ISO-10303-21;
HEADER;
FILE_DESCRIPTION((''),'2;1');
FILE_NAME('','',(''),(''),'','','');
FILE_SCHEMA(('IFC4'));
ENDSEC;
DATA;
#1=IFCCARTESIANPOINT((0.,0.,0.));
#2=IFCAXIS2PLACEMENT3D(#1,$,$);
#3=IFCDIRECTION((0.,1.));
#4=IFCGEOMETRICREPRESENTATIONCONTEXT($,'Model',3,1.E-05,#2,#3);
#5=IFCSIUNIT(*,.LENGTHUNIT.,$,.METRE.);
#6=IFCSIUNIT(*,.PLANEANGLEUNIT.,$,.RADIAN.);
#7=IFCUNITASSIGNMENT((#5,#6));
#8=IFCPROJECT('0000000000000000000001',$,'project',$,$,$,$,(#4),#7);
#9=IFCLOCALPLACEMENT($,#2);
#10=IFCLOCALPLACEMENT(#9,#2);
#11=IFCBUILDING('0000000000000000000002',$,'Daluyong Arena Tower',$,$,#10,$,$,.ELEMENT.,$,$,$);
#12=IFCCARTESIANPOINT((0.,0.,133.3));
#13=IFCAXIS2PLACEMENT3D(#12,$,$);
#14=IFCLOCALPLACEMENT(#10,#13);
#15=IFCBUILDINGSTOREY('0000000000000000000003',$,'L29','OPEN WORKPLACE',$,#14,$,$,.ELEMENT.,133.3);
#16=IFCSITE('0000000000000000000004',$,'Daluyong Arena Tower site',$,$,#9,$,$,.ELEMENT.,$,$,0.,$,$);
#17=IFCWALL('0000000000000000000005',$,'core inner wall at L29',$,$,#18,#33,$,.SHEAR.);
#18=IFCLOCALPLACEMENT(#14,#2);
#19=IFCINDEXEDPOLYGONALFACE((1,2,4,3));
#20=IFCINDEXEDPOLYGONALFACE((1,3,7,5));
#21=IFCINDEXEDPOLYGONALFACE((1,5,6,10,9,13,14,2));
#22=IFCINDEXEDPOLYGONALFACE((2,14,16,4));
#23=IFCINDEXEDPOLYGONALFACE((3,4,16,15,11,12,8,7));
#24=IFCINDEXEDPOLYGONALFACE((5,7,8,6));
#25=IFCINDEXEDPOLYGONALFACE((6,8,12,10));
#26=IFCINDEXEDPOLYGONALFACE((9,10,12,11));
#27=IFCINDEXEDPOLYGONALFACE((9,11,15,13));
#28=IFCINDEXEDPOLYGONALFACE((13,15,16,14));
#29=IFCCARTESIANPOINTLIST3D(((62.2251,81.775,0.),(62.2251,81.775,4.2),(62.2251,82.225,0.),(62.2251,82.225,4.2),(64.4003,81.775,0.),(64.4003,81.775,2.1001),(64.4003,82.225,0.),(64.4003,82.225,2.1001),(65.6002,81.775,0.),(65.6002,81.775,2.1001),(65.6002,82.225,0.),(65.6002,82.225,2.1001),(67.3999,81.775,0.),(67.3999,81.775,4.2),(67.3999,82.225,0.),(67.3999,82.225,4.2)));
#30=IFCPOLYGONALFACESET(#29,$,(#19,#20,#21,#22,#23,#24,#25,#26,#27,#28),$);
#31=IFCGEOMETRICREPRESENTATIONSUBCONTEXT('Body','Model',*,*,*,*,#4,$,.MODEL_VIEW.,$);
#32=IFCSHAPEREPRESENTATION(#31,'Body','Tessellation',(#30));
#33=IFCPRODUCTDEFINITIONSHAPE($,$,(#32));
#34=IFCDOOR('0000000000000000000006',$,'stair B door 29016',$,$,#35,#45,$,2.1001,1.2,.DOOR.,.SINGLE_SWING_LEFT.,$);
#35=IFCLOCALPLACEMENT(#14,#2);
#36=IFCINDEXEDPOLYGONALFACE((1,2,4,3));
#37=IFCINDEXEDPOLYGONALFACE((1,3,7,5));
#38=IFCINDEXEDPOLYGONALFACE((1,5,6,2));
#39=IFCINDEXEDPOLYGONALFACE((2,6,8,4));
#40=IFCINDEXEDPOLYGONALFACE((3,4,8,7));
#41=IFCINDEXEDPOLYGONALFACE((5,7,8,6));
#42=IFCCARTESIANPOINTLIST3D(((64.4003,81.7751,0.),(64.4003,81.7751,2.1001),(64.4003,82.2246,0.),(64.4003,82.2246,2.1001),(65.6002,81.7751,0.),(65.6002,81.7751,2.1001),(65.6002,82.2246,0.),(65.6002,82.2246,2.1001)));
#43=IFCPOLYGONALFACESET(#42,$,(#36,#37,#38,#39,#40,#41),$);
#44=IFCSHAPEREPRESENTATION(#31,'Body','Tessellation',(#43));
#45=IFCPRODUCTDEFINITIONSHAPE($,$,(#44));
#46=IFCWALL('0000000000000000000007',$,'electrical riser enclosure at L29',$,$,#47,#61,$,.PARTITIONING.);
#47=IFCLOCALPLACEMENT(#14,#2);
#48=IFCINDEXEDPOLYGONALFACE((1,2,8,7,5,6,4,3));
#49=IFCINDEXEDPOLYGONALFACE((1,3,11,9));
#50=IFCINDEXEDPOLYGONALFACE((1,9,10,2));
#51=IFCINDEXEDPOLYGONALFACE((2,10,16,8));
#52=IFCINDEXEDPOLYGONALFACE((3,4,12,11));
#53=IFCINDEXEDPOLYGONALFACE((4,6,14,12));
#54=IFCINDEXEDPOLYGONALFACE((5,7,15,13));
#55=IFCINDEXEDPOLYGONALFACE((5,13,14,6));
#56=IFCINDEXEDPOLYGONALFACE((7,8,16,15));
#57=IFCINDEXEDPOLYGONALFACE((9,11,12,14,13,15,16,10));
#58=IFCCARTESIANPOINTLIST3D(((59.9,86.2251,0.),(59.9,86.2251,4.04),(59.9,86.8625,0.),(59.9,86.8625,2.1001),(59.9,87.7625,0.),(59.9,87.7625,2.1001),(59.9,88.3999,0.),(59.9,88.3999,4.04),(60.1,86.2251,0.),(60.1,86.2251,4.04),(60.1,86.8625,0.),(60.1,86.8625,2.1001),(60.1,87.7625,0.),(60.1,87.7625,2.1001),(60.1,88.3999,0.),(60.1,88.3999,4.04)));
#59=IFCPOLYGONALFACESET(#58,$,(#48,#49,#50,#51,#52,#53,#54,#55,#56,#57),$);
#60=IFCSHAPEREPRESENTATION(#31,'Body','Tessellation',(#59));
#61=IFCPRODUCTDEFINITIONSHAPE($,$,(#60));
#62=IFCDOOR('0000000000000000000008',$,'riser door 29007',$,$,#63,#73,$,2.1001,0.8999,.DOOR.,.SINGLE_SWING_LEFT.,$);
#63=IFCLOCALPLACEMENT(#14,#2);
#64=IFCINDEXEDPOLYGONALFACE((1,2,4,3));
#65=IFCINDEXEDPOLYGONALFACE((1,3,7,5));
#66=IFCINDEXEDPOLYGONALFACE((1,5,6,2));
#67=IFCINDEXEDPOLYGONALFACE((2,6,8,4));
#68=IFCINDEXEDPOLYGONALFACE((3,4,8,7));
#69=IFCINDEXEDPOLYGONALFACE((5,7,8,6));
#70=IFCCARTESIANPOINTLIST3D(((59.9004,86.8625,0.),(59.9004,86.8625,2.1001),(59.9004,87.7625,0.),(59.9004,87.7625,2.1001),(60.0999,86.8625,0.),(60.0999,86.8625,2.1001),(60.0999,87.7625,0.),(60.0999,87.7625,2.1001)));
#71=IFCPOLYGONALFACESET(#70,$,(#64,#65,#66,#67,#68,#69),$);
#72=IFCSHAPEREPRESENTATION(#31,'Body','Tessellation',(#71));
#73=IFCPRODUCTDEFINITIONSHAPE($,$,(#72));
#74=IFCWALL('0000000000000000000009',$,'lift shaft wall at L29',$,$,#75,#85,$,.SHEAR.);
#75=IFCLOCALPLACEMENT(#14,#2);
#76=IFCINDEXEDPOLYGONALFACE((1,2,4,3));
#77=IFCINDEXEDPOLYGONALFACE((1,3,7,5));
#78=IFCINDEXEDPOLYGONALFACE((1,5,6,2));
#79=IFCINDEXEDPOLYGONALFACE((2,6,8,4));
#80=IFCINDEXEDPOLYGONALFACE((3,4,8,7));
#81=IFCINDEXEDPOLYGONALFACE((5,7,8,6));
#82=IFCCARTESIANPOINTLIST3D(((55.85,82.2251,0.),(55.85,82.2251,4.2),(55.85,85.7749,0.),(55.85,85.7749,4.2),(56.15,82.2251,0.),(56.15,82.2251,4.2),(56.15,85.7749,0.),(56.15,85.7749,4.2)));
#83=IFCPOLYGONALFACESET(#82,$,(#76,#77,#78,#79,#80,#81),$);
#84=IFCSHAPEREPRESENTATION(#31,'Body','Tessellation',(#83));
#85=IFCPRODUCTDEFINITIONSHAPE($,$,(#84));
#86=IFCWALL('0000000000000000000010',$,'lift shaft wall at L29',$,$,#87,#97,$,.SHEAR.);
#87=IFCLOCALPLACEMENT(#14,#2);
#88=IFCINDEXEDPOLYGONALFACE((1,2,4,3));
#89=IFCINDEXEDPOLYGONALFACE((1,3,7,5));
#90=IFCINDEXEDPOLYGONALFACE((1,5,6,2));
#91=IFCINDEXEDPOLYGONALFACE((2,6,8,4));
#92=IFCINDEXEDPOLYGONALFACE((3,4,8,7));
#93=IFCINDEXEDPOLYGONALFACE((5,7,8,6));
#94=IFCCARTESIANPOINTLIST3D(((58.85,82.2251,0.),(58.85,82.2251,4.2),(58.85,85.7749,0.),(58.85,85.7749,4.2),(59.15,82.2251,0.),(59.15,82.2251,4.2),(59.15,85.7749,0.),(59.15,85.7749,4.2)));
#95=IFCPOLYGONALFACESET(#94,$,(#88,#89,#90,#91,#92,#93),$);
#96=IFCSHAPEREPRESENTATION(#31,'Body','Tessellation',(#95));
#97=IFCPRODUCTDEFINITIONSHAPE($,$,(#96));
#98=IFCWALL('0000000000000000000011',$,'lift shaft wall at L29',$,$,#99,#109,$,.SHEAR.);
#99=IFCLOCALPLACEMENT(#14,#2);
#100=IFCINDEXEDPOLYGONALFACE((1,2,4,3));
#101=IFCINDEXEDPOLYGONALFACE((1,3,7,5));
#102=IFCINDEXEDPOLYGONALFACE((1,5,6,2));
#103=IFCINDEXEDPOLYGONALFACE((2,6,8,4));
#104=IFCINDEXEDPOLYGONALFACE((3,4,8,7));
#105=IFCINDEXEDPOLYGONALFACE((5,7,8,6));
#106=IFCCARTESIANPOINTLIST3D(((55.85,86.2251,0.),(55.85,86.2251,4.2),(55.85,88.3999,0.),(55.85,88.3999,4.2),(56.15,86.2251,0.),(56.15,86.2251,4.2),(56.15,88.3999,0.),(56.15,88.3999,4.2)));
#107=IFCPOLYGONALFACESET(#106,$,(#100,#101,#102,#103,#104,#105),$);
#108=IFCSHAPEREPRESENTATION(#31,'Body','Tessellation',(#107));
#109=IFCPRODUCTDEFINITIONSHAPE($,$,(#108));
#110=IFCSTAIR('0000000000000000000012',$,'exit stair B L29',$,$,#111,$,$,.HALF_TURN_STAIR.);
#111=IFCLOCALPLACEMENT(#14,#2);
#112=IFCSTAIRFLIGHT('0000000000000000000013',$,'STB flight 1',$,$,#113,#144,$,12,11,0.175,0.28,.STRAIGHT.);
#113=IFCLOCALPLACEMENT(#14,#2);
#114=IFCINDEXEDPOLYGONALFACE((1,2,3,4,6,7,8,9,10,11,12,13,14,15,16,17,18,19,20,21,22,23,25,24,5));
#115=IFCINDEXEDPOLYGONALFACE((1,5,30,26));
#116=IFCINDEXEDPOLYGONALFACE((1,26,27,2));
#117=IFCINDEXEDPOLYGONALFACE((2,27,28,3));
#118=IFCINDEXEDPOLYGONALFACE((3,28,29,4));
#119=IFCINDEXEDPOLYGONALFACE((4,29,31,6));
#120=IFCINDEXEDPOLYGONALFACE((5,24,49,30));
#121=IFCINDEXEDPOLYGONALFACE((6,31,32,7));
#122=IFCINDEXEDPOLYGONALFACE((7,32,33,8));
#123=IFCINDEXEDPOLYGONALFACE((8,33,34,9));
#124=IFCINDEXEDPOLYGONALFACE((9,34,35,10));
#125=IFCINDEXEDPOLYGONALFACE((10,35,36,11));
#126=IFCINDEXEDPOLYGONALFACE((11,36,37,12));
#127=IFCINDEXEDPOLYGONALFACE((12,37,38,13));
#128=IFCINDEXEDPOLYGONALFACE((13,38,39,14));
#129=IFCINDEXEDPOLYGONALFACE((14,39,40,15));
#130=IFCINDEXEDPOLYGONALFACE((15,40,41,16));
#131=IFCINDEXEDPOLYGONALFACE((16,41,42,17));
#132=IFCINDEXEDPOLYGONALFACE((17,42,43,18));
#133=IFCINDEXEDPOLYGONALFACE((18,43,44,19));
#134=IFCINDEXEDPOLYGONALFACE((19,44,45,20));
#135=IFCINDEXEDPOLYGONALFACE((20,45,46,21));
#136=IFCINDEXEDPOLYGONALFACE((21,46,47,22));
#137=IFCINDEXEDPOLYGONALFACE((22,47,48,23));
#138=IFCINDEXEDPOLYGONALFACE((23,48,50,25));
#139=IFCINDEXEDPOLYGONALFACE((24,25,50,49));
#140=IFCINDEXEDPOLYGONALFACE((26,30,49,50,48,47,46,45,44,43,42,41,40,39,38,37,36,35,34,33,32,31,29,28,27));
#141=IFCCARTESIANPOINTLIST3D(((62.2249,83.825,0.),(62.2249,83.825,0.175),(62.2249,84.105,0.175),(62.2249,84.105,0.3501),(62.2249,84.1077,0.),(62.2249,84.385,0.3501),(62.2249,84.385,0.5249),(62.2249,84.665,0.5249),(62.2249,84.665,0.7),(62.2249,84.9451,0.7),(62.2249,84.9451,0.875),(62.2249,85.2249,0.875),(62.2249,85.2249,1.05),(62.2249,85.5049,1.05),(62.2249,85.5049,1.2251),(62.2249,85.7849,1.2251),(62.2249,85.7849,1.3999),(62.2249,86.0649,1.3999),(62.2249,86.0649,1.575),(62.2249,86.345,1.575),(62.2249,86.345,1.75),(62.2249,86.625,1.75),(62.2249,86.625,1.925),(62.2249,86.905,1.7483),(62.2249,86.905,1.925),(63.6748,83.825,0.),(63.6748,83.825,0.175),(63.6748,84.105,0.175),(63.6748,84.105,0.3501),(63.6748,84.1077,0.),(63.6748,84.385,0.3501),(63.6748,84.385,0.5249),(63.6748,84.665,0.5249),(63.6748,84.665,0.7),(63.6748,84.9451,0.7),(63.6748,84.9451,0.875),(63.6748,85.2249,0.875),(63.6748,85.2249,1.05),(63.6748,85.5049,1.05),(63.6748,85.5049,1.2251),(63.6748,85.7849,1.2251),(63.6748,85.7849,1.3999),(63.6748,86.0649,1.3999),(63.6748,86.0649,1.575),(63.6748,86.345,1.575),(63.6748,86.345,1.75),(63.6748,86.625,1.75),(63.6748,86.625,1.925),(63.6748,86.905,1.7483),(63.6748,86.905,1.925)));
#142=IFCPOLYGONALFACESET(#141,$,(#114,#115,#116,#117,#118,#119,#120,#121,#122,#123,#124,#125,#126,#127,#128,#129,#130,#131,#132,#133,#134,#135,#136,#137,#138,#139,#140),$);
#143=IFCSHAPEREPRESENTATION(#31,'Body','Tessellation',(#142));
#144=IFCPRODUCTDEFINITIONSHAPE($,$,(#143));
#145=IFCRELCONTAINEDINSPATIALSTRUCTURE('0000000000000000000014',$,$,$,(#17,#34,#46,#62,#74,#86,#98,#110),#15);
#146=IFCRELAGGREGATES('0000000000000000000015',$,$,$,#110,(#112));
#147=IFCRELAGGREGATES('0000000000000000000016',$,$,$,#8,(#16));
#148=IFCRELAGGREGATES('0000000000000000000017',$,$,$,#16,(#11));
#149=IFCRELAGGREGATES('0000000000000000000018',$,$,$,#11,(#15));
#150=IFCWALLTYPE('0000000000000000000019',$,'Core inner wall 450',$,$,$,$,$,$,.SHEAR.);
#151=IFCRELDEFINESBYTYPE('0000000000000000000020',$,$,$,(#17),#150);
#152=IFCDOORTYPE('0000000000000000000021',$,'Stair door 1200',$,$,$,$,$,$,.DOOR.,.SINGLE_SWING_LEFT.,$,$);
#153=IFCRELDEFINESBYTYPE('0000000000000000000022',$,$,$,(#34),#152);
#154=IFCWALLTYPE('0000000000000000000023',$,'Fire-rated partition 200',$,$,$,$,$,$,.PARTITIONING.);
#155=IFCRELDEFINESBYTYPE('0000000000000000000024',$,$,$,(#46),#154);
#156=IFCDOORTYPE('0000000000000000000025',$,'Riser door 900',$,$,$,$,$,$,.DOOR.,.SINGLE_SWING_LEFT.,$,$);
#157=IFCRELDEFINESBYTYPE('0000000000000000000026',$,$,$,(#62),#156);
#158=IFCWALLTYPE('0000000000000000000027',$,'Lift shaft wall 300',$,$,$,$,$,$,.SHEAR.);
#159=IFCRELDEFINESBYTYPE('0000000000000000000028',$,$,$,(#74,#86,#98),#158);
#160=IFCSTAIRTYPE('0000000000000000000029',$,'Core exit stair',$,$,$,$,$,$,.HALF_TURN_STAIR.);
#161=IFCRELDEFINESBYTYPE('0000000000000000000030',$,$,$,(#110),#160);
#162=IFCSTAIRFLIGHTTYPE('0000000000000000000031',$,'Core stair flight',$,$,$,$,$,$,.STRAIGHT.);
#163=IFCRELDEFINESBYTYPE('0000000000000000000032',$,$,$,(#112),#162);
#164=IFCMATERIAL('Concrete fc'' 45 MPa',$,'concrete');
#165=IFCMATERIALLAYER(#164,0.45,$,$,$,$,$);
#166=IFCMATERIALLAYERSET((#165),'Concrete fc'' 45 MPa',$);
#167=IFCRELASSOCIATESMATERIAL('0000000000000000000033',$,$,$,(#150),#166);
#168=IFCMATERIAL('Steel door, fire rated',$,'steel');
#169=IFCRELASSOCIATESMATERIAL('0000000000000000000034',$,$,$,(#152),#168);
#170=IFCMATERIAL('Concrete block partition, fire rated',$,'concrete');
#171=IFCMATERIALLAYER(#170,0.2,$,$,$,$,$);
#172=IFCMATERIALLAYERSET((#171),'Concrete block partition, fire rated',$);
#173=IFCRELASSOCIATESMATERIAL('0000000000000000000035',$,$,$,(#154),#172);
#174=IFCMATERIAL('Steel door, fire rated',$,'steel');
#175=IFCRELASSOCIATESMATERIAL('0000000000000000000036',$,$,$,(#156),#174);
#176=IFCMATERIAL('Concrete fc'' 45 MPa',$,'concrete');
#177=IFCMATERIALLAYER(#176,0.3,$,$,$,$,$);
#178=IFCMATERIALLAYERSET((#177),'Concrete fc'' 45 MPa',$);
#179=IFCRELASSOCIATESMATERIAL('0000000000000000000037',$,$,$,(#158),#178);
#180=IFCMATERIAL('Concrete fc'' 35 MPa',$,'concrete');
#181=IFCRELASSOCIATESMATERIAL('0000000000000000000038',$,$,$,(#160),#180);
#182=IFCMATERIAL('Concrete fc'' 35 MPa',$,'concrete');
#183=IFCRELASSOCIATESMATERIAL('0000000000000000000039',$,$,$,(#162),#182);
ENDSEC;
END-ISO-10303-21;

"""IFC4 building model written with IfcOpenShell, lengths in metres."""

from ifc_helpers import new_model, si_unit, direction, frame, frame_2d, origin, place, context, subcontext, project, spatial, polyline, rectangle, outline, extrude, material, layer, layer_set, type_object, element, fill, aggregate, save


model = new_model("IFC4")

# Units and contexts
model_context = context("Model", 3, precision=1e-05, world=origin(), true_north=direction((0.0, 1.0)))
body_context = subcontext(model_context, "Body", "Model", "MODEL_VIEW")
ifc_project = project(units=[si_unit("LENGTHUNIT", "METRE"), si_unit("PLANEANGLEUNIT", "RADIAN")], contexts=[model_context])

# Site, building, storey
site_placement = place(None, origin())
site = spatial("IfcSite", under=ifc_project, at=site_placement, Name="Daluyong Arena Tower site", CompositionType="ELEMENT", RefElevation=0.0)
building_placement = place(site_placement, origin())
building = spatial("IfcBuilding", under=site, at=building_placement, Name="Daluyong Arena Tower", CompositionType="ELEMENT")
storey_placement = place(building_placement, frame((0.0, 0.0, 133.3)))
storey = spatial("IfcBuildingStorey", under=building, at=storey_placement, Name="L29", Description="OPEN WORKPLACE", CompositionType="ELEMENT", Elevation=133.3)

# Walls, openings, doors
ifc_material_1 = material(Name="Concrete fc' 45 MPa", Category="concrete")
ifc_layer_1 = layer(ifc_material_1, 0.45)
ifc_layer_set_1 = layer_set([ifc_layer_1], Name="Concrete fc' 45 MPa")
wall_type_1 = type_object("IfcWallType", Name="Core inner wall 450", PredefinedType="SHEAR", material=ifc_layer_set_1)
wall_1_placement = place(storey_placement, frame((62.2251, 82.0, 0.0), z_axis=(0.0, 0.0, 1.0), x_axis=(1.0, 0.0, 0.0)))
wall_1 = element("IfcWall", 1, at=wall_1_placement, inside=storey, type_object=wall_type_1, Name="core inner wall at L29", PredefinedType="SHEAR", context=body_context, shape_type="SweptSolid", body=[
    extrude(rectangle(XDim=5.1748, YDim=0.45, at=frame_2d((2.5874, 0.0))), origin(), (0.0, 0.0, 1.0), 4.2),
])
opening_1_placement = place(wall_1_placement, frame((2.175, 0.0, 0.0)))
opening_1 = element("IfcOpeningElement", 2, at=opening_1_placement, cuts=wall_1, PredefinedType="OPENING", context=body_context, shape_type="SweptSolid", body=[
    extrude(rectangle(XDim=1.2, YDim=2.1001, at=frame_2d((0.6001, 1.05))), frame((0.0, 0.2349, 0.0), z_axis=(0.0, -1.0, 0.0), x_axis=(1.0, 0.0, 0.0)), (0.0, 0.0, 1.0), 0.47),
])
ifc_material_2 = material(Name="Steel door, fire rated", Category="steel")
door_type_1 = type_object("IfcDoorType", Name="Stair door 1200", OperationType="SINGLE_SWING_LEFT", PredefinedType="DOOR", material=ifc_material_2)
door_1_placement = place(opening_1_placement, origin())
door_1 = element("IfcDoor", 3, at=door_1_placement, inside=storey, type_object=door_type_1, Name="stair B door 29016", OperationType="SINGLE_SWING_LEFT", OverallHeight=2.1001, OverallWidth=1.2, PredefinedType="DOOR", context=body_context, shape_type="SweptSolid", body=[
    extrude(rectangle(XDim=1.2, YDim=2.1001, at=frame_2d((0.6001, 1.05))), frame((0.0, 0.2246, 0.0), z_axis=(0.0, -1.0, 0.0), x_axis=(1.0, 0.0, 0.0)), (0.0, 0.0, 1.0), 0.4495),
])
fill(opening_1, door_1)
ifc_material_3 = material(Name="Concrete block partition, fire rated", Category="concrete")
ifc_layer_2 = layer(ifc_material_3, 0.2)
ifc_layer_set_2 = layer_set([ifc_layer_2], Name="Concrete block partition, fire rated")
wall_type_2 = type_object("IfcWallType", Name="Fire-rated partition 200", PredefinedType="PARTITIONING", material=ifc_layer_set_2)
wall_2_placement = place(storey_placement, frame((60.0, 86.2251, 0.0), z_axis=(0.0, 0.0, 1.0), x_axis=(0.0, 1.0, 0.0)))
wall_2 = element("IfcWall", 4, at=wall_2_placement, inside=storey, type_object=wall_type_2, Name="electrical riser enclosure at L29", PredefinedType="PARTITIONING", context=body_context, shape_type="SweptSolid", body=[
    extrude(rectangle(XDim=2.1748, YDim=0.2, at=frame_2d((1.0874, 0.0))), origin(), (0.0, 0.0, 1.0), 4.04),
])
opening_2_placement = place(wall_2_placement, frame((0.6375, 0.0, 0.0)))
opening_2 = element("IfcOpeningElement", 5, at=opening_2_placement, cuts=wall_2, PredefinedType="OPENING", context=body_context, shape_type="SweptSolid", body=[
    extrude(rectangle(XDim=0.8999, YDim=2.1001, at=frame_2d((0.45, 1.05))), frame((0.0, 0.1099, 0.0), z_axis=(0.0, -1.0, 0.0), x_axis=(1.0, 0.0, 0.0)), (0.0, 0.0, 1.0), 0.22),
])
ifc_material_4 = material(Name="Steel door, fire rated", Category="steel")
door_type_2 = type_object("IfcDoorType", Name="Riser door 900", OperationType="SINGLE_SWING_LEFT", PredefinedType="DOOR", material=ifc_material_4)
door_2_placement = place(opening_2_placement, origin())
door_2 = element("IfcDoor", 6, at=door_2_placement, inside=storey, type_object=door_type_2, Name="riser door 29007", OperationType="SINGLE_SWING_LEFT", OverallHeight=2.1001, OverallWidth=0.8999, PredefinedType="DOOR", context=body_context, shape_type="SweptSolid", body=[
    extrude(rectangle(XDim=0.8999, YDim=2.1001, at=frame_2d((0.45, 1.05))), frame((0.0, 0.0996, 0.0), z_axis=(0.0, -1.0, 0.0), x_axis=(1.0, 0.0, 0.0)), (0.0, 0.0, 1.0), 0.1995),
])
fill(opening_2, door_2)

# Walls
ifc_material_5 = material(Name="Concrete fc' 45 MPa", Category="concrete")
ifc_layer_3 = layer(ifc_material_5, 0.3)
ifc_layer_set_3 = layer_set([ifc_layer_3], Name="Concrete fc' 45 MPa")
wall_type_3 = type_object("IfcWallType", Name="Lift shaft wall 300", PredefinedType="SHEAR", material=ifc_layer_set_3)
for number, where, z_axis, x_axis, name in (
    (7, (56.0, 82.2251, 0.0), (0.0, 0.0, 1.0), (0.0, 1.0, 0.0), "lift shaft wall at L29"),
    (8, (59.0, 82.2251, 0.0), (0.0, 0.0, 1.0), (0.0, 1.0, 0.0), "lift shaft wall at L29"),
):
    element("IfcWall", number, at=place(storey_placement, frame(where, z_axis=z_axis, x_axis=x_axis)), inside=storey, type_object=wall_type_3, Name=name, PredefinedType="SHEAR", context=body_context, shape_type="SweptSolid", body=[
        extrude(rectangle(XDim=3.5498, YDim=0.3, at=frame_2d((1.7749, 0.0))), origin(), (0.0, 0.0, 1.0), 4.2),
    ])
wall_3_placement = place(storey_placement, frame((56.0, 86.2251, 0.0), z_axis=(0.0, 0.0, 1.0), x_axis=(0.0, 1.0, 0.0)))
element("IfcWall", 9, at=wall_3_placement, inside=storey, type_object=wall_type_3, Name="lift shaft wall at L29", PredefinedType="SHEAR", context=body_context, shape_type="SweptSolid", body=[
    extrude(rectangle(XDim=2.1748, YDim=0.3, at=frame_2d((1.0874, 0.0))), origin(), (0.0, 0.0, 1.0), 4.2),
])

# Stair, stair flight
ifc_material_6 = material(Name="Concrete fc' 35 MPa", Category="concrete")
stair_type = type_object("IfcStairType", Name="Core exit stair", PredefinedType="HALF_TURN_STAIR", material=ifc_material_6)
stair_placement = place(storey_placement, origin())
stair = element("IfcStair", 10, at=stair_placement, inside=storey, type_object=stair_type, Name="exit stair B L29", PredefinedType="HALF_TURN_STAIR")
ifc_material_7 = material(Name="Concrete fc' 35 MPa", Category="concrete")
stair_flight_type = type_object("IfcStairFlightType", Name="Core stair flight", PredefinedType="STRAIGHT", material=ifc_material_7)
stair_flight_placement = place(storey_placement, frame((62.95, 83.825, 0.0), z_axis=(0.0, 0.0, 1.0), x_axis=(0.0, 1.0, 0.0)))
stair_flight = element("IfcStairFlight", 11, at=stair_flight_placement, type_object=stair_flight_type, Name="STB flight 1", NumberOfRisers=12, NumberOfTreads=11, PredefinedType="STRAIGHT", RiserHeight=0.175, TreadLength=0.28, context=body_context, shape_type="SweptSolid", body=[
    extrude(outline(polyline([(0.0, 0.0), (0.0, 0.175), (0.28, 0.175), (0.28, 0.3501), (0.5601, 0.3501), (0.5601, 0.5249), (0.8401, 0.5249), (0.8401, 0.7), (1.1201, 0.7), (1.1201, 0.875), (1.3999, 0.875), (1.3999, 1.05), (1.6799, 1.05), (1.6799, 1.2251), (1.96, 1.2251), (1.96, 1.3999), (2.24, 1.3999), (2.24, 1.575), (2.52, 1.575), (2.52, 1.75), (2.8, 1.75), (2.8, 1.925), (3.0801, 1.925), (3.0801, 2.1001), (3.0801, 1.7483), (0.2827, 0.0), (0.0, 0.0)])), frame((0.0, 0.7251, 0.0), z_axis=(0.0, -1.0, 0.0), x_axis=(1.0, 0.0, 0.0)), (0.0, 0.0, 1.0), 1.45),
])
aggregate(stair, [stair_flight])

save(model, "model.ifc")
